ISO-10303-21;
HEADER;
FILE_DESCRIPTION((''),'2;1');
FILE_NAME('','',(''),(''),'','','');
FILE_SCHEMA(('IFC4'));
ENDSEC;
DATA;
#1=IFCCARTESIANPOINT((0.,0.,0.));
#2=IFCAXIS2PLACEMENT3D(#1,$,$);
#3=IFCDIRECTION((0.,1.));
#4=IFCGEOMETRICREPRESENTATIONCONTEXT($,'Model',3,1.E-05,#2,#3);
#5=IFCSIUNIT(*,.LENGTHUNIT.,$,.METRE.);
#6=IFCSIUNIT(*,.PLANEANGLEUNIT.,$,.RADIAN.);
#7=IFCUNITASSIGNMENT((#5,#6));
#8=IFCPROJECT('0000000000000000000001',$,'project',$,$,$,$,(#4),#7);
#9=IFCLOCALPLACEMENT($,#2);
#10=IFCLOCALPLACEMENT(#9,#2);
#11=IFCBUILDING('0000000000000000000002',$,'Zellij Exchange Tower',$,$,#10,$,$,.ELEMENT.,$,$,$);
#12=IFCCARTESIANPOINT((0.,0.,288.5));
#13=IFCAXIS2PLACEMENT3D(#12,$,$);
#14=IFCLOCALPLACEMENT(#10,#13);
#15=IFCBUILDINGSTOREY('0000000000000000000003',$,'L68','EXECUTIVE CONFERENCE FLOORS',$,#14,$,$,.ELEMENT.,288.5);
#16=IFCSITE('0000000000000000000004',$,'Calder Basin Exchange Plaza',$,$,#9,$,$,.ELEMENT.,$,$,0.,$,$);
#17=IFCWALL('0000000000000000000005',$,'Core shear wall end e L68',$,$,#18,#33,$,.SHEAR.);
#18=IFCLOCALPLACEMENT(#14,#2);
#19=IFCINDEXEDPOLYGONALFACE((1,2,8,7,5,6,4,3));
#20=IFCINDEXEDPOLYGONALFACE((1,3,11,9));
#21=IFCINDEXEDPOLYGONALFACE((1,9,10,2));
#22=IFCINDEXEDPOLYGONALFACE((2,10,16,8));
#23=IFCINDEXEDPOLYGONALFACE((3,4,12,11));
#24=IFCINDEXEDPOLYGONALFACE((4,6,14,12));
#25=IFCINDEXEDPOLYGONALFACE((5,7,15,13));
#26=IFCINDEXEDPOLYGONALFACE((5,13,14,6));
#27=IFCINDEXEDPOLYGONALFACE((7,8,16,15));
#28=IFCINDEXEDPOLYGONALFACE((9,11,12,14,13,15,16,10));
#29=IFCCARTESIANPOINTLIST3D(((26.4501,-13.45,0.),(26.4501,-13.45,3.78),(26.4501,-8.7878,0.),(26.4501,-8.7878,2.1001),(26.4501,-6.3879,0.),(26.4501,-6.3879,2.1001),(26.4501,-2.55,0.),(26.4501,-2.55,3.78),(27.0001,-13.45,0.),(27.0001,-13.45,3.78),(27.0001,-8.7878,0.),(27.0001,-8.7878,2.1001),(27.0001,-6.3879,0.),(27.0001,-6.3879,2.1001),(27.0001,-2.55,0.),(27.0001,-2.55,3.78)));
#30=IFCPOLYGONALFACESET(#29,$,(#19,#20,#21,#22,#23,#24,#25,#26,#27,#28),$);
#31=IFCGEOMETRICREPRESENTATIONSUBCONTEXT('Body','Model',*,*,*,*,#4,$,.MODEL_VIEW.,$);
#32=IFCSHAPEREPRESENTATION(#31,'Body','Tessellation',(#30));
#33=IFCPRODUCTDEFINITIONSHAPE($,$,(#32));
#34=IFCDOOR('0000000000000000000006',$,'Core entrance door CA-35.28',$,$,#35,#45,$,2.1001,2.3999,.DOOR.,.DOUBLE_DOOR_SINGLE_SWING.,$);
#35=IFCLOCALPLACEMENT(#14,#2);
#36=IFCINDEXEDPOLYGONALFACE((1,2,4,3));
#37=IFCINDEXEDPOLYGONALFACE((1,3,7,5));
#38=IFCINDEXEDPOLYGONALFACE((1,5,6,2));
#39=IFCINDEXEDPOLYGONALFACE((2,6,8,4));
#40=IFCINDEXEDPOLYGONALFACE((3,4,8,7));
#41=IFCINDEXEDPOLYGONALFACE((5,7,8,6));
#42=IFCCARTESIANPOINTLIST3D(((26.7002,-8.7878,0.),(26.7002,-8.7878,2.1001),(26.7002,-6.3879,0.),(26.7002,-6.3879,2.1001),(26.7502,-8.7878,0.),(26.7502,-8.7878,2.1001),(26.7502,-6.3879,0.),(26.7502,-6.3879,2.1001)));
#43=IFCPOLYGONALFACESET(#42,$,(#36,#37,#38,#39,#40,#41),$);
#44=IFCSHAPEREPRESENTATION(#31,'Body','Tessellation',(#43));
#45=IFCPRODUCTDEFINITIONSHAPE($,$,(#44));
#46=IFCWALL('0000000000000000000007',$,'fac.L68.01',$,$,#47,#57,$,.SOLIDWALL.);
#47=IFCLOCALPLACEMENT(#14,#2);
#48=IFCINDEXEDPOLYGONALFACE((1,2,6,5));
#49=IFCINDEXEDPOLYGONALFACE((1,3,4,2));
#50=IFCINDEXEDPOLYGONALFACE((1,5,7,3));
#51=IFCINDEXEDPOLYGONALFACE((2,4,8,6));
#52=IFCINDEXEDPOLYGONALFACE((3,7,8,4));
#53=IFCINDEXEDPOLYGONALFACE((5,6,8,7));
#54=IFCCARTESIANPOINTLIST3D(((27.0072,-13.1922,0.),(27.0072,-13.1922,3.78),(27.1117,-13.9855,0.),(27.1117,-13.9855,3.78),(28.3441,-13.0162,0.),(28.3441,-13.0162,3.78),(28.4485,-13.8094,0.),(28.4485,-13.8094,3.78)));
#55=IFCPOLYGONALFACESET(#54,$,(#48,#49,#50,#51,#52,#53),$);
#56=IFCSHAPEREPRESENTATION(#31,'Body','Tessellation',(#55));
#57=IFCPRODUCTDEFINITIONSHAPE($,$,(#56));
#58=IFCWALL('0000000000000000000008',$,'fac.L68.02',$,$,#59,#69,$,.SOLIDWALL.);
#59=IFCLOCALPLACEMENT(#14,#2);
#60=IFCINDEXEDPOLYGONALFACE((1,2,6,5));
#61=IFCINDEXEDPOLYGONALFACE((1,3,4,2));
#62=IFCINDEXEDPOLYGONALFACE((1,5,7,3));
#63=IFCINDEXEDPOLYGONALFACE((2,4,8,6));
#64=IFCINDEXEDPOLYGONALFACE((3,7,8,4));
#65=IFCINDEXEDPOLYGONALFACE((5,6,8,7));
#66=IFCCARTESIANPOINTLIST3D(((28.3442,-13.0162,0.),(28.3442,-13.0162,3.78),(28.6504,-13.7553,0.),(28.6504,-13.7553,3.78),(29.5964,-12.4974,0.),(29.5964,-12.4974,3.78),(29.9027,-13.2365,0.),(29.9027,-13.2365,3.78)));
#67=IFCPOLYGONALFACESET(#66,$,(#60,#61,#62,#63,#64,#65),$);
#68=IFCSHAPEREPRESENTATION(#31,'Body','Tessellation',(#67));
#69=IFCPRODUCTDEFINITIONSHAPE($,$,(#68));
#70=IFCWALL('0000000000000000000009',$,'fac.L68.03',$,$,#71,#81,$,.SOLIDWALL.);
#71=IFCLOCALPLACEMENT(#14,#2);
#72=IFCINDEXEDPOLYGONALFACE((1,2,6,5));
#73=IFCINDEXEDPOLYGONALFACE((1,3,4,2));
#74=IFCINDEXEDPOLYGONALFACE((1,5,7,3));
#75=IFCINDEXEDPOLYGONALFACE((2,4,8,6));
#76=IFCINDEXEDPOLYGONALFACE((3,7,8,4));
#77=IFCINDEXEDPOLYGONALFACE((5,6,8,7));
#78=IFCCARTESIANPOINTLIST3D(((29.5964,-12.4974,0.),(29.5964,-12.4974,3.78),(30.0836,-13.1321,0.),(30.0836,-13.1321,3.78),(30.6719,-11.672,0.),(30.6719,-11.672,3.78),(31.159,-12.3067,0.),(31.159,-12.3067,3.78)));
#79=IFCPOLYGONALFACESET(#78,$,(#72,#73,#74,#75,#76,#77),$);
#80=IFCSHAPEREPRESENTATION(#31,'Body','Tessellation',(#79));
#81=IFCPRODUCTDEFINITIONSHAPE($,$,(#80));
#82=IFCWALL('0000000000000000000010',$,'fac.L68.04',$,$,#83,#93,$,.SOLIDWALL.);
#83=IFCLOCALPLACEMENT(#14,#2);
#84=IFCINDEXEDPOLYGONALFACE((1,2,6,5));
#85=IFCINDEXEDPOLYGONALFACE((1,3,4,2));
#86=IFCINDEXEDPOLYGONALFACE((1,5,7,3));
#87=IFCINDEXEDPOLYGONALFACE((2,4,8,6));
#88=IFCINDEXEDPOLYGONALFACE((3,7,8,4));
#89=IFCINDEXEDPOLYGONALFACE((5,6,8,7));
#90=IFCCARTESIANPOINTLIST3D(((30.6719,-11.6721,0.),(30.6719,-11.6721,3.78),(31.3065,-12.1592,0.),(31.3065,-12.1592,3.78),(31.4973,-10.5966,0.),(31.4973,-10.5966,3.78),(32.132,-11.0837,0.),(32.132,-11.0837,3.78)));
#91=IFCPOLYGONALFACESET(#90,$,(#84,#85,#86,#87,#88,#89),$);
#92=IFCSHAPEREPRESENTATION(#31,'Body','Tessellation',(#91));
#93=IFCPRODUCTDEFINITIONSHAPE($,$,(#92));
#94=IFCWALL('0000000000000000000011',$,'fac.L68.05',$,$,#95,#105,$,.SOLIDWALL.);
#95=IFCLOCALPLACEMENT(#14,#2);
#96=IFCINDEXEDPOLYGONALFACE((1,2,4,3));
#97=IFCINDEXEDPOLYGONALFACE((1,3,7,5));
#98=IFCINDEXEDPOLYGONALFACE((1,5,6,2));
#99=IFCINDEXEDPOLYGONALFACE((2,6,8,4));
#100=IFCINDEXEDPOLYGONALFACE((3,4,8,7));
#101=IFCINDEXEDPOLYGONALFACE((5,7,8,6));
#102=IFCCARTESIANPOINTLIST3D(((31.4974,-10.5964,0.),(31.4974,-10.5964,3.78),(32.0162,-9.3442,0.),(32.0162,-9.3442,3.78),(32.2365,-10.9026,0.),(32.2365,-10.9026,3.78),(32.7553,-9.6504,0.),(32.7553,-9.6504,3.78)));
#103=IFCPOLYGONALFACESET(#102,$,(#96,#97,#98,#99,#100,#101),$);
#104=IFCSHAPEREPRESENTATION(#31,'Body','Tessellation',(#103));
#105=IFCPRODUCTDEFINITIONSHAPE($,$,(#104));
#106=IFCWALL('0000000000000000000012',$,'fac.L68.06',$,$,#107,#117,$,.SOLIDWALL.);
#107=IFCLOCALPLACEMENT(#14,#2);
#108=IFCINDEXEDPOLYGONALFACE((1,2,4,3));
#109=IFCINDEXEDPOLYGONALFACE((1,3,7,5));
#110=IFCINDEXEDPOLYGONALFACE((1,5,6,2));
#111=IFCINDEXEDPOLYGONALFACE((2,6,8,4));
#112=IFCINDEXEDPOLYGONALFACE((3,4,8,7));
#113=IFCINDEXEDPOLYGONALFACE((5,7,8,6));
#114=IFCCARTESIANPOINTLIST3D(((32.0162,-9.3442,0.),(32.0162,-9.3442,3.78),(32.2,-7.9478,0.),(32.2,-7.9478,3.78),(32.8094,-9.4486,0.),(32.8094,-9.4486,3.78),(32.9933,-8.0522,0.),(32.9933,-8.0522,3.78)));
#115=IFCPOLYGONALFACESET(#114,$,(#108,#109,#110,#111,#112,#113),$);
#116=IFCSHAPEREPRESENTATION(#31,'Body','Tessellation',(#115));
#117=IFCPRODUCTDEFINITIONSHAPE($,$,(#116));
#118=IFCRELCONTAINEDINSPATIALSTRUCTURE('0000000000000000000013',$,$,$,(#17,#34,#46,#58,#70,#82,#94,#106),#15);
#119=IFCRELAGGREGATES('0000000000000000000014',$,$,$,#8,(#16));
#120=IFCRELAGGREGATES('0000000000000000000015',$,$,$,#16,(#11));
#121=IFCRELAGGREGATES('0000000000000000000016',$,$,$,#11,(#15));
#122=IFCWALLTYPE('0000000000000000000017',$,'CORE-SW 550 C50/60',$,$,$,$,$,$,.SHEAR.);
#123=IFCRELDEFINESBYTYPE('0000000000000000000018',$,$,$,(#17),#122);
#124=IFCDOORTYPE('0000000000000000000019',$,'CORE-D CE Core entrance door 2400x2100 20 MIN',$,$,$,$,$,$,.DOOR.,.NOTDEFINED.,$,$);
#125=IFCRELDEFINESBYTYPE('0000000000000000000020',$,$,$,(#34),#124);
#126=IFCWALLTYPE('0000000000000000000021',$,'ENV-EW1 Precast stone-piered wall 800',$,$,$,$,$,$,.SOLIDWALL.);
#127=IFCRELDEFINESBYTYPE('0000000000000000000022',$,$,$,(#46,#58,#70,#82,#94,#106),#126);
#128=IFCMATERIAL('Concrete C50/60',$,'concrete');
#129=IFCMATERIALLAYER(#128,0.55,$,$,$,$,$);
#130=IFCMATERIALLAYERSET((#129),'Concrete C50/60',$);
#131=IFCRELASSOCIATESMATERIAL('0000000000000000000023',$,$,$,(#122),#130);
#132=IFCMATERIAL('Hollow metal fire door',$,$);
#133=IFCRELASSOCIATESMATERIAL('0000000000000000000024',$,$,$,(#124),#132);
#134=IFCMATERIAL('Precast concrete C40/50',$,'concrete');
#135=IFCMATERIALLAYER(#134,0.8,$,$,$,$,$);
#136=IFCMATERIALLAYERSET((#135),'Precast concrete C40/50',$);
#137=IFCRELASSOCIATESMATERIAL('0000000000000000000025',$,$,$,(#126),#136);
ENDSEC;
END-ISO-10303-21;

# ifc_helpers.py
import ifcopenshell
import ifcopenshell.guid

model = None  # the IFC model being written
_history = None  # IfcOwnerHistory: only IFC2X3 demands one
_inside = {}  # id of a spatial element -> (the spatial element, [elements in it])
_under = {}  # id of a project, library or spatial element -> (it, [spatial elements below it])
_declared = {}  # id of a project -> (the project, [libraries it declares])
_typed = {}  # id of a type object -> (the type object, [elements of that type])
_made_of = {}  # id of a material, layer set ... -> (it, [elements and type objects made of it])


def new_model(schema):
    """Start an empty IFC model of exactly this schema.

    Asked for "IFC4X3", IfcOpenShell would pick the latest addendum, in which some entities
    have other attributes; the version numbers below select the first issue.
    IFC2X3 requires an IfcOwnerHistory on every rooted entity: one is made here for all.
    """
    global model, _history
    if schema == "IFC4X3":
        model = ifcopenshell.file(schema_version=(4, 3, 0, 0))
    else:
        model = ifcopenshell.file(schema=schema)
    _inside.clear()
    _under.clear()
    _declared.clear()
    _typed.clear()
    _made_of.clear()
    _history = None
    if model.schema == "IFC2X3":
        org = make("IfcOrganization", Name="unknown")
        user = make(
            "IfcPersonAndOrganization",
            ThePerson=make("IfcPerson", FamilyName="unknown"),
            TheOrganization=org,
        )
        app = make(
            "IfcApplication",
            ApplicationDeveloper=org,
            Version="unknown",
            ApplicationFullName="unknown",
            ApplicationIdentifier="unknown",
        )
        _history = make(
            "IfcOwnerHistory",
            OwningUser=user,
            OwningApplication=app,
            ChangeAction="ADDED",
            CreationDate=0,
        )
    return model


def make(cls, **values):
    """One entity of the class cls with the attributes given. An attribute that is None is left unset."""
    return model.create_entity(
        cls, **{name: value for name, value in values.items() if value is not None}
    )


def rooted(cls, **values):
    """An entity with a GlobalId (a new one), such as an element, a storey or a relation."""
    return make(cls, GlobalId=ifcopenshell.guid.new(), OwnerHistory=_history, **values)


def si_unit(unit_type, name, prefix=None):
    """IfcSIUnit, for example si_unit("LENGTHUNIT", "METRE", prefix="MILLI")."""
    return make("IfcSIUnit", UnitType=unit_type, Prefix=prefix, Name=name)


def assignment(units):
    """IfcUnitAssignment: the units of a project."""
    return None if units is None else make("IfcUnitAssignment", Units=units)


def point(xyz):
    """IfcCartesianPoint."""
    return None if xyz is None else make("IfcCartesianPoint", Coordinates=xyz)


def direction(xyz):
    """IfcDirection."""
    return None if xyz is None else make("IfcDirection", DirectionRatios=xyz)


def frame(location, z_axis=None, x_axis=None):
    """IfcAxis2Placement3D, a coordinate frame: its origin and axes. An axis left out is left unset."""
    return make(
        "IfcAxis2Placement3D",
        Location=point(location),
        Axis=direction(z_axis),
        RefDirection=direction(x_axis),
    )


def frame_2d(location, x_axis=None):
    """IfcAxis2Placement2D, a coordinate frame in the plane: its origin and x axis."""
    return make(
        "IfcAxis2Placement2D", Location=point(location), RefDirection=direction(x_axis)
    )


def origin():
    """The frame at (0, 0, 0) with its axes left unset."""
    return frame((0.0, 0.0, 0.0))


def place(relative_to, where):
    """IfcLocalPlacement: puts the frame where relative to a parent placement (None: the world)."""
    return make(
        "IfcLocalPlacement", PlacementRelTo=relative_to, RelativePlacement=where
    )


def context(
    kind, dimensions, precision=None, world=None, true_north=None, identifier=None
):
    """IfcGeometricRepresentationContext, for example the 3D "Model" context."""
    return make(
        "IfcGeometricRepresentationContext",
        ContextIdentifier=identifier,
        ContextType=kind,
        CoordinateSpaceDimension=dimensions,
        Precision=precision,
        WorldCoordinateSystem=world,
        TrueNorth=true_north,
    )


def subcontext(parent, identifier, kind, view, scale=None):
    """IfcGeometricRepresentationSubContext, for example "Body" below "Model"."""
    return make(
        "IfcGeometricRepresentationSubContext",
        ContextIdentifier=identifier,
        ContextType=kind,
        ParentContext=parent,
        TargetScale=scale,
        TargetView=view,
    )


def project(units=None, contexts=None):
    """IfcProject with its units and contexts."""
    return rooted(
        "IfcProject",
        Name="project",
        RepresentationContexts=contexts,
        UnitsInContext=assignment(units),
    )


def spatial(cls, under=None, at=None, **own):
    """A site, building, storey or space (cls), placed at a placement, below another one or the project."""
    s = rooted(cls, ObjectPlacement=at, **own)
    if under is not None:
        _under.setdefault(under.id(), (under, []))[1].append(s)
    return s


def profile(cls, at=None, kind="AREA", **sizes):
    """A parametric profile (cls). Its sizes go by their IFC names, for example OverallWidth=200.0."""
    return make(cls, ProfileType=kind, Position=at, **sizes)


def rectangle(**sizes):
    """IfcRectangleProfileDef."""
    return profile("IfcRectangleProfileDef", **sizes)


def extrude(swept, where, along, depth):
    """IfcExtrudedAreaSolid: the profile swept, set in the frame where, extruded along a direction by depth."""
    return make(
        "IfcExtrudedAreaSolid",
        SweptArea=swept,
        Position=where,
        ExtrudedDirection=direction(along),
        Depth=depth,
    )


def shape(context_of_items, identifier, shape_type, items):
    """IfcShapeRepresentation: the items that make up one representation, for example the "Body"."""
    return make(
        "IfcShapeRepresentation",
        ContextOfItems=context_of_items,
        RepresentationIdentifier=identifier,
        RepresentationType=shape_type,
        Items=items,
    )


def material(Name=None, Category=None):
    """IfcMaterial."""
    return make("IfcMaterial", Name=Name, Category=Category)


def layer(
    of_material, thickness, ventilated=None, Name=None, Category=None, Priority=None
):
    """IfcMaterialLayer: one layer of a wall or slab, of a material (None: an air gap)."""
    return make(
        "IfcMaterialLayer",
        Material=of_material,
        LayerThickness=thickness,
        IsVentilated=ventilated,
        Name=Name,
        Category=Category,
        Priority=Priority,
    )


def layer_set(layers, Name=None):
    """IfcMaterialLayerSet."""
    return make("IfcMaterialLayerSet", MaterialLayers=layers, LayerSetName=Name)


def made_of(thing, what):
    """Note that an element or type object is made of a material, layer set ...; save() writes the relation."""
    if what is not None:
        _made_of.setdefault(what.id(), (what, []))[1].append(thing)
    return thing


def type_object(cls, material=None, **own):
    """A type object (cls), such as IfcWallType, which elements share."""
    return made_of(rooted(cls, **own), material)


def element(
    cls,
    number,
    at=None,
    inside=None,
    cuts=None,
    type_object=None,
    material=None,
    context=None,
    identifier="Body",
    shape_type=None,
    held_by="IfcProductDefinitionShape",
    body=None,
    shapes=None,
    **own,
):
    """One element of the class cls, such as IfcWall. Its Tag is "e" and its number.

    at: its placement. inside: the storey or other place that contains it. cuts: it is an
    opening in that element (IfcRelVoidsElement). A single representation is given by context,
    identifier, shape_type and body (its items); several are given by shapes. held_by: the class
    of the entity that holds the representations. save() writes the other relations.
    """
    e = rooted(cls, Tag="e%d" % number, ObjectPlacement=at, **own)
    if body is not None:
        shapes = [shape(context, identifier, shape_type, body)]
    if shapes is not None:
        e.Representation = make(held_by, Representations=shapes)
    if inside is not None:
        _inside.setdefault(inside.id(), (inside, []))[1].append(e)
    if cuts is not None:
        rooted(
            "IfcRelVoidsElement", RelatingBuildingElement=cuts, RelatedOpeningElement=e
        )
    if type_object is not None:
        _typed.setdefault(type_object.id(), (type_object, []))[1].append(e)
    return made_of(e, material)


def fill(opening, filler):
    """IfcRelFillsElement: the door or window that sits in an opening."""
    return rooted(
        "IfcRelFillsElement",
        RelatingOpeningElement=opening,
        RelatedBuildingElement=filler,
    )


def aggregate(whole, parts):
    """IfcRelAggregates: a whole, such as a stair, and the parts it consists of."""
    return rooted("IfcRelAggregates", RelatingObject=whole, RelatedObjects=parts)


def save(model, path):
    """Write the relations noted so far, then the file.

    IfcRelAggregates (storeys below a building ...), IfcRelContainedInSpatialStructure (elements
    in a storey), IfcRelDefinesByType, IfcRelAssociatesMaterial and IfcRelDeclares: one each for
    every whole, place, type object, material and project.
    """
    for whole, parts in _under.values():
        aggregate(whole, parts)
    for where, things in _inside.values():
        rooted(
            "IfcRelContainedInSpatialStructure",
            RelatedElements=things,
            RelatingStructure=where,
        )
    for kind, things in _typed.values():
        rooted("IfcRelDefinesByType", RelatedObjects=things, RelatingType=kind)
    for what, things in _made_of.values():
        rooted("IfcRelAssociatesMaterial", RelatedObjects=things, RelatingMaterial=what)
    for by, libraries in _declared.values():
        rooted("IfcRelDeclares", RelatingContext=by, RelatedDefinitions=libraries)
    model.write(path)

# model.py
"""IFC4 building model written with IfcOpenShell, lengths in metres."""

from ifc_helpers import new_model, si_unit, direction, frame, frame_2d, origin, place, context, subcontext, project, spatial, rectangle, extrude, material, layer, layer_set, type_object, element, fill, save


model = new_model("IFC4")

# Units and contexts
model_context = context("Model", 3, precision=1e-05, world=origin(), true_north=direction((0.0, 1.0)))
body_context = subcontext(model_context, "Body", "Model", "MODEL_VIEW")
ifc_project = project(units=[si_unit("LENGTHUNIT", "METRE"), si_unit("PLANEANGLEUNIT", "RADIAN")], contexts=[model_context])

# Site, building, storey
site_placement = place(None, origin())
site = spatial("IfcSite", under=ifc_project, at=site_placement, Name="Calder Basin Exchange Plaza", CompositionType="ELEMENT", RefElevation=0.0)
building_placement = place(site_placement, origin())
building = spatial("IfcBuilding", under=site, at=building_placement, Name="Zellij Exchange Tower", CompositionType="ELEMENT")
storey_placement = place(building_placement, frame((0.0, 0.0, 288.5)))
storey = spatial("IfcBuildingStorey", under=building, at=storey_placement, Name="L68", Description="EXECUTIVE CONFERENCE FLOORS", CompositionType="ELEMENT", Elevation=288.5)

# Shared definitions
ifc_material_1 = material(Name="Concrete C50/60", Category="concrete")

# Wall, opening, door
ifc_layer_1 = layer(ifc_material_1, 0.55)
ifc_layer_set_1 = layer_set([ifc_layer_1], Name="Concrete C50/60")
wall_type_1 = type_object("IfcWallType", Name="CORE-SW 550 C50/60", PredefinedType="SHEAR", material=ifc_layer_set_1)
wall_1_placement = place(storey_placement, frame((26.7251, -13.45, 0.0), z_axis=(0.0, 0.0, 1.0), x_axis=(0.0, 1.0, 0.0)))
wall_1 = element("IfcWall", 1, at=wall_1_placement, inside=storey, type_object=wall_type_1, Name="Core shear wall end e L68", PredefinedType="SHEAR", context=body_context, shape_type="SweptSolid", body=[
    extrude(rectangle(XDim=10.8999, YDim=0.55, at=frame_2d((5.45, 0.0))), origin(), (0.0, 0.0, 1.0), 3.78),
])
opening_1_placement = place(wall_1_placement, frame((4.6621, 0.0, 0.0)))
opening_1 = element("IfcOpeningElement", 2, at=opening_1_placement, cuts=wall_1, PredefinedType="OPENING", context=body_context, shape_type="SweptSolid", body=[
    extrude(rectangle(XDim=2.3999, YDim=2.1001, at=frame_2d((1.2, 1.05))), frame((0.0, 0.2871, 0.0), z_axis=(0.0, -1.0, 0.0), x_axis=(1.0, 0.0, 0.0)), (0.0, 0.0, 1.0), 0.574),
])
ifc_material_2 = material(Name="Hollow metal fire door")
door_type = type_object("IfcDoorType", Name="CORE-D CE Core entrance door 2400x2100 20 MIN", OperationType="NOTDEFINED", PredefinedType="DOOR", material=ifc_material_2)
door_placement = place(opening_1_placement, origin())
door = element("IfcDoor", 3, at=door_placement, inside=storey, type_object=door_type, Name="Core entrance door CA-35.28", OperationType="DOUBLE_DOOR_SINGLE_SWING", OverallHeight=2.1001, OverallWidth=2.3999, PredefinedType="DOOR", context=body_context, shape_type="SweptSolid", body=[
    extrude(rectangle(XDim=2.3999, YDim=2.1001, at=frame_2d((1.2, 1.05))), frame((0.0, 0.0249, 0.0), z_axis=(0.0, -1.0, 0.0), x_axis=(1.0, 0.0, 0.0)), (0.0, 0.0, 1.0), 0.05),
])
fill(opening_1, door)

# Walls
ifc_material_3 = material(Name="Precast concrete C40/50", Category="concrete")
ifc_layer_2 = layer(ifc_material_3, 0.8)
ifc_layer_set_2 = layer_set([ifc_layer_2], Name="Precast concrete C40/50")
wall_type_2 = type_object("IfcWallType", Name="ENV-EW1 Precast stone-piered wall 800", PredefinedType="SOLIDWALL", material=ifc_layer_set_2)
wall_2_placement = place(storey_placement, frame((27.0593, -13.5889, 0.0), z_axis=(0.0, 0.0, 1.0), x_axis=(0.991443, 0.130539, 0.0)))
element("IfcWall", 4, at=wall_2_placement, inside=storey, type_object=wall_type_2, Name="fac.L68.01", PredefinedType="SOLIDWALL", context=body_context, shape_type="SweptSolid", body=[
    extrude(rectangle(XDim=1.3484, YDim=0.8, at=frame_2d((0.6743, 0.0))), origin(), (0.0, 0.0, 1.0), 3.78),
])
wall_3_placement = place(storey_placement, frame((28.4973, -13.3857, 0.0), z_axis=(0.0, 0.0, 1.0), x_axis=(0.923848, 0.38276, 0.0)))
element("IfcWall", 5, at=wall_3_placement, inside=storey, type_object=wall_type_2, Name="fac.L68.02", PredefinedType="SOLIDWALL", context=body_context, shape_type="SweptSolid", body=[
    extrude(rectangle(XDim=1.3555, YDim=0.8, at=frame_2d((0.6777, 0.0))), origin(), (0.0, 0.0, 1.0), 3.78),
])
for number, where, z_axis, x_axis, name in (
    (6, (29.8401, -12.8147, 0.0), (0.0, 0.0, 1.0), (0.793273, 0.608866, 0.0), "fac.L68.03"),
    (7, (30.9893, -11.9155, 0.0), (0.0, 0.0, 1.0), (0.608866, 0.793273, 0.0), "fac.L68.04"),
):
    element("IfcWall", number, at=place(storey_placement, frame(where, z_axis=z_axis, x_axis=x_axis)), inside=storey, type_object=wall_type_2, Name=name, PredefinedType="SOLIDWALL", context=body_context, shape_type="SweptSolid", body=[
        extrude(rectangle(XDim=1.3557, YDim=0.8, at=frame_2d((0.6777, 0.0))), origin(), (0.0, 0.0, 1.0), 3.78),
    ])
wall_4_placement = place(storey_placement, frame((31.8669, -10.7495, 0.0), z_axis=(0.0, 0.0, 1.0), x_axis=(0.38276, 0.923848, 0.0)))
element("IfcWall", 8, at=wall_4_placement, inside=storey, type_object=wall_type_2, Name="fac.L68.05", PredefinedType="SOLIDWALL", context=body_context, shape_type="SweptSolid", body=[
    extrude(rectangle(XDim=1.3555, YDim=0.8, at=frame_2d((0.6777, 0.0))), origin(), (0.0, 0.0, 1.0), 3.78),
])
wall_5_placement = place(storey_placement, frame((32.4128, -9.3962, 0.0), z_axis=(0.0, 0.0, 1.0), x_axis=(0.130517, 0.991446, 0.0)))
element("IfcWall", 9, at=wall_5_placement, inside=storey, type_object=wall_type_2, Name="fac.L68.06", PredefinedType="SOLIDWALL", context=body_context, shape_type="SweptSolid", body=[
    extrude(rectangle(XDim=1.4084, YDim=0.8, at=frame_2d((0.7041, 0.0))), origin(), (0.0, 0.0, 1.0), 3.78),
])

save(model, "model.ifc")
